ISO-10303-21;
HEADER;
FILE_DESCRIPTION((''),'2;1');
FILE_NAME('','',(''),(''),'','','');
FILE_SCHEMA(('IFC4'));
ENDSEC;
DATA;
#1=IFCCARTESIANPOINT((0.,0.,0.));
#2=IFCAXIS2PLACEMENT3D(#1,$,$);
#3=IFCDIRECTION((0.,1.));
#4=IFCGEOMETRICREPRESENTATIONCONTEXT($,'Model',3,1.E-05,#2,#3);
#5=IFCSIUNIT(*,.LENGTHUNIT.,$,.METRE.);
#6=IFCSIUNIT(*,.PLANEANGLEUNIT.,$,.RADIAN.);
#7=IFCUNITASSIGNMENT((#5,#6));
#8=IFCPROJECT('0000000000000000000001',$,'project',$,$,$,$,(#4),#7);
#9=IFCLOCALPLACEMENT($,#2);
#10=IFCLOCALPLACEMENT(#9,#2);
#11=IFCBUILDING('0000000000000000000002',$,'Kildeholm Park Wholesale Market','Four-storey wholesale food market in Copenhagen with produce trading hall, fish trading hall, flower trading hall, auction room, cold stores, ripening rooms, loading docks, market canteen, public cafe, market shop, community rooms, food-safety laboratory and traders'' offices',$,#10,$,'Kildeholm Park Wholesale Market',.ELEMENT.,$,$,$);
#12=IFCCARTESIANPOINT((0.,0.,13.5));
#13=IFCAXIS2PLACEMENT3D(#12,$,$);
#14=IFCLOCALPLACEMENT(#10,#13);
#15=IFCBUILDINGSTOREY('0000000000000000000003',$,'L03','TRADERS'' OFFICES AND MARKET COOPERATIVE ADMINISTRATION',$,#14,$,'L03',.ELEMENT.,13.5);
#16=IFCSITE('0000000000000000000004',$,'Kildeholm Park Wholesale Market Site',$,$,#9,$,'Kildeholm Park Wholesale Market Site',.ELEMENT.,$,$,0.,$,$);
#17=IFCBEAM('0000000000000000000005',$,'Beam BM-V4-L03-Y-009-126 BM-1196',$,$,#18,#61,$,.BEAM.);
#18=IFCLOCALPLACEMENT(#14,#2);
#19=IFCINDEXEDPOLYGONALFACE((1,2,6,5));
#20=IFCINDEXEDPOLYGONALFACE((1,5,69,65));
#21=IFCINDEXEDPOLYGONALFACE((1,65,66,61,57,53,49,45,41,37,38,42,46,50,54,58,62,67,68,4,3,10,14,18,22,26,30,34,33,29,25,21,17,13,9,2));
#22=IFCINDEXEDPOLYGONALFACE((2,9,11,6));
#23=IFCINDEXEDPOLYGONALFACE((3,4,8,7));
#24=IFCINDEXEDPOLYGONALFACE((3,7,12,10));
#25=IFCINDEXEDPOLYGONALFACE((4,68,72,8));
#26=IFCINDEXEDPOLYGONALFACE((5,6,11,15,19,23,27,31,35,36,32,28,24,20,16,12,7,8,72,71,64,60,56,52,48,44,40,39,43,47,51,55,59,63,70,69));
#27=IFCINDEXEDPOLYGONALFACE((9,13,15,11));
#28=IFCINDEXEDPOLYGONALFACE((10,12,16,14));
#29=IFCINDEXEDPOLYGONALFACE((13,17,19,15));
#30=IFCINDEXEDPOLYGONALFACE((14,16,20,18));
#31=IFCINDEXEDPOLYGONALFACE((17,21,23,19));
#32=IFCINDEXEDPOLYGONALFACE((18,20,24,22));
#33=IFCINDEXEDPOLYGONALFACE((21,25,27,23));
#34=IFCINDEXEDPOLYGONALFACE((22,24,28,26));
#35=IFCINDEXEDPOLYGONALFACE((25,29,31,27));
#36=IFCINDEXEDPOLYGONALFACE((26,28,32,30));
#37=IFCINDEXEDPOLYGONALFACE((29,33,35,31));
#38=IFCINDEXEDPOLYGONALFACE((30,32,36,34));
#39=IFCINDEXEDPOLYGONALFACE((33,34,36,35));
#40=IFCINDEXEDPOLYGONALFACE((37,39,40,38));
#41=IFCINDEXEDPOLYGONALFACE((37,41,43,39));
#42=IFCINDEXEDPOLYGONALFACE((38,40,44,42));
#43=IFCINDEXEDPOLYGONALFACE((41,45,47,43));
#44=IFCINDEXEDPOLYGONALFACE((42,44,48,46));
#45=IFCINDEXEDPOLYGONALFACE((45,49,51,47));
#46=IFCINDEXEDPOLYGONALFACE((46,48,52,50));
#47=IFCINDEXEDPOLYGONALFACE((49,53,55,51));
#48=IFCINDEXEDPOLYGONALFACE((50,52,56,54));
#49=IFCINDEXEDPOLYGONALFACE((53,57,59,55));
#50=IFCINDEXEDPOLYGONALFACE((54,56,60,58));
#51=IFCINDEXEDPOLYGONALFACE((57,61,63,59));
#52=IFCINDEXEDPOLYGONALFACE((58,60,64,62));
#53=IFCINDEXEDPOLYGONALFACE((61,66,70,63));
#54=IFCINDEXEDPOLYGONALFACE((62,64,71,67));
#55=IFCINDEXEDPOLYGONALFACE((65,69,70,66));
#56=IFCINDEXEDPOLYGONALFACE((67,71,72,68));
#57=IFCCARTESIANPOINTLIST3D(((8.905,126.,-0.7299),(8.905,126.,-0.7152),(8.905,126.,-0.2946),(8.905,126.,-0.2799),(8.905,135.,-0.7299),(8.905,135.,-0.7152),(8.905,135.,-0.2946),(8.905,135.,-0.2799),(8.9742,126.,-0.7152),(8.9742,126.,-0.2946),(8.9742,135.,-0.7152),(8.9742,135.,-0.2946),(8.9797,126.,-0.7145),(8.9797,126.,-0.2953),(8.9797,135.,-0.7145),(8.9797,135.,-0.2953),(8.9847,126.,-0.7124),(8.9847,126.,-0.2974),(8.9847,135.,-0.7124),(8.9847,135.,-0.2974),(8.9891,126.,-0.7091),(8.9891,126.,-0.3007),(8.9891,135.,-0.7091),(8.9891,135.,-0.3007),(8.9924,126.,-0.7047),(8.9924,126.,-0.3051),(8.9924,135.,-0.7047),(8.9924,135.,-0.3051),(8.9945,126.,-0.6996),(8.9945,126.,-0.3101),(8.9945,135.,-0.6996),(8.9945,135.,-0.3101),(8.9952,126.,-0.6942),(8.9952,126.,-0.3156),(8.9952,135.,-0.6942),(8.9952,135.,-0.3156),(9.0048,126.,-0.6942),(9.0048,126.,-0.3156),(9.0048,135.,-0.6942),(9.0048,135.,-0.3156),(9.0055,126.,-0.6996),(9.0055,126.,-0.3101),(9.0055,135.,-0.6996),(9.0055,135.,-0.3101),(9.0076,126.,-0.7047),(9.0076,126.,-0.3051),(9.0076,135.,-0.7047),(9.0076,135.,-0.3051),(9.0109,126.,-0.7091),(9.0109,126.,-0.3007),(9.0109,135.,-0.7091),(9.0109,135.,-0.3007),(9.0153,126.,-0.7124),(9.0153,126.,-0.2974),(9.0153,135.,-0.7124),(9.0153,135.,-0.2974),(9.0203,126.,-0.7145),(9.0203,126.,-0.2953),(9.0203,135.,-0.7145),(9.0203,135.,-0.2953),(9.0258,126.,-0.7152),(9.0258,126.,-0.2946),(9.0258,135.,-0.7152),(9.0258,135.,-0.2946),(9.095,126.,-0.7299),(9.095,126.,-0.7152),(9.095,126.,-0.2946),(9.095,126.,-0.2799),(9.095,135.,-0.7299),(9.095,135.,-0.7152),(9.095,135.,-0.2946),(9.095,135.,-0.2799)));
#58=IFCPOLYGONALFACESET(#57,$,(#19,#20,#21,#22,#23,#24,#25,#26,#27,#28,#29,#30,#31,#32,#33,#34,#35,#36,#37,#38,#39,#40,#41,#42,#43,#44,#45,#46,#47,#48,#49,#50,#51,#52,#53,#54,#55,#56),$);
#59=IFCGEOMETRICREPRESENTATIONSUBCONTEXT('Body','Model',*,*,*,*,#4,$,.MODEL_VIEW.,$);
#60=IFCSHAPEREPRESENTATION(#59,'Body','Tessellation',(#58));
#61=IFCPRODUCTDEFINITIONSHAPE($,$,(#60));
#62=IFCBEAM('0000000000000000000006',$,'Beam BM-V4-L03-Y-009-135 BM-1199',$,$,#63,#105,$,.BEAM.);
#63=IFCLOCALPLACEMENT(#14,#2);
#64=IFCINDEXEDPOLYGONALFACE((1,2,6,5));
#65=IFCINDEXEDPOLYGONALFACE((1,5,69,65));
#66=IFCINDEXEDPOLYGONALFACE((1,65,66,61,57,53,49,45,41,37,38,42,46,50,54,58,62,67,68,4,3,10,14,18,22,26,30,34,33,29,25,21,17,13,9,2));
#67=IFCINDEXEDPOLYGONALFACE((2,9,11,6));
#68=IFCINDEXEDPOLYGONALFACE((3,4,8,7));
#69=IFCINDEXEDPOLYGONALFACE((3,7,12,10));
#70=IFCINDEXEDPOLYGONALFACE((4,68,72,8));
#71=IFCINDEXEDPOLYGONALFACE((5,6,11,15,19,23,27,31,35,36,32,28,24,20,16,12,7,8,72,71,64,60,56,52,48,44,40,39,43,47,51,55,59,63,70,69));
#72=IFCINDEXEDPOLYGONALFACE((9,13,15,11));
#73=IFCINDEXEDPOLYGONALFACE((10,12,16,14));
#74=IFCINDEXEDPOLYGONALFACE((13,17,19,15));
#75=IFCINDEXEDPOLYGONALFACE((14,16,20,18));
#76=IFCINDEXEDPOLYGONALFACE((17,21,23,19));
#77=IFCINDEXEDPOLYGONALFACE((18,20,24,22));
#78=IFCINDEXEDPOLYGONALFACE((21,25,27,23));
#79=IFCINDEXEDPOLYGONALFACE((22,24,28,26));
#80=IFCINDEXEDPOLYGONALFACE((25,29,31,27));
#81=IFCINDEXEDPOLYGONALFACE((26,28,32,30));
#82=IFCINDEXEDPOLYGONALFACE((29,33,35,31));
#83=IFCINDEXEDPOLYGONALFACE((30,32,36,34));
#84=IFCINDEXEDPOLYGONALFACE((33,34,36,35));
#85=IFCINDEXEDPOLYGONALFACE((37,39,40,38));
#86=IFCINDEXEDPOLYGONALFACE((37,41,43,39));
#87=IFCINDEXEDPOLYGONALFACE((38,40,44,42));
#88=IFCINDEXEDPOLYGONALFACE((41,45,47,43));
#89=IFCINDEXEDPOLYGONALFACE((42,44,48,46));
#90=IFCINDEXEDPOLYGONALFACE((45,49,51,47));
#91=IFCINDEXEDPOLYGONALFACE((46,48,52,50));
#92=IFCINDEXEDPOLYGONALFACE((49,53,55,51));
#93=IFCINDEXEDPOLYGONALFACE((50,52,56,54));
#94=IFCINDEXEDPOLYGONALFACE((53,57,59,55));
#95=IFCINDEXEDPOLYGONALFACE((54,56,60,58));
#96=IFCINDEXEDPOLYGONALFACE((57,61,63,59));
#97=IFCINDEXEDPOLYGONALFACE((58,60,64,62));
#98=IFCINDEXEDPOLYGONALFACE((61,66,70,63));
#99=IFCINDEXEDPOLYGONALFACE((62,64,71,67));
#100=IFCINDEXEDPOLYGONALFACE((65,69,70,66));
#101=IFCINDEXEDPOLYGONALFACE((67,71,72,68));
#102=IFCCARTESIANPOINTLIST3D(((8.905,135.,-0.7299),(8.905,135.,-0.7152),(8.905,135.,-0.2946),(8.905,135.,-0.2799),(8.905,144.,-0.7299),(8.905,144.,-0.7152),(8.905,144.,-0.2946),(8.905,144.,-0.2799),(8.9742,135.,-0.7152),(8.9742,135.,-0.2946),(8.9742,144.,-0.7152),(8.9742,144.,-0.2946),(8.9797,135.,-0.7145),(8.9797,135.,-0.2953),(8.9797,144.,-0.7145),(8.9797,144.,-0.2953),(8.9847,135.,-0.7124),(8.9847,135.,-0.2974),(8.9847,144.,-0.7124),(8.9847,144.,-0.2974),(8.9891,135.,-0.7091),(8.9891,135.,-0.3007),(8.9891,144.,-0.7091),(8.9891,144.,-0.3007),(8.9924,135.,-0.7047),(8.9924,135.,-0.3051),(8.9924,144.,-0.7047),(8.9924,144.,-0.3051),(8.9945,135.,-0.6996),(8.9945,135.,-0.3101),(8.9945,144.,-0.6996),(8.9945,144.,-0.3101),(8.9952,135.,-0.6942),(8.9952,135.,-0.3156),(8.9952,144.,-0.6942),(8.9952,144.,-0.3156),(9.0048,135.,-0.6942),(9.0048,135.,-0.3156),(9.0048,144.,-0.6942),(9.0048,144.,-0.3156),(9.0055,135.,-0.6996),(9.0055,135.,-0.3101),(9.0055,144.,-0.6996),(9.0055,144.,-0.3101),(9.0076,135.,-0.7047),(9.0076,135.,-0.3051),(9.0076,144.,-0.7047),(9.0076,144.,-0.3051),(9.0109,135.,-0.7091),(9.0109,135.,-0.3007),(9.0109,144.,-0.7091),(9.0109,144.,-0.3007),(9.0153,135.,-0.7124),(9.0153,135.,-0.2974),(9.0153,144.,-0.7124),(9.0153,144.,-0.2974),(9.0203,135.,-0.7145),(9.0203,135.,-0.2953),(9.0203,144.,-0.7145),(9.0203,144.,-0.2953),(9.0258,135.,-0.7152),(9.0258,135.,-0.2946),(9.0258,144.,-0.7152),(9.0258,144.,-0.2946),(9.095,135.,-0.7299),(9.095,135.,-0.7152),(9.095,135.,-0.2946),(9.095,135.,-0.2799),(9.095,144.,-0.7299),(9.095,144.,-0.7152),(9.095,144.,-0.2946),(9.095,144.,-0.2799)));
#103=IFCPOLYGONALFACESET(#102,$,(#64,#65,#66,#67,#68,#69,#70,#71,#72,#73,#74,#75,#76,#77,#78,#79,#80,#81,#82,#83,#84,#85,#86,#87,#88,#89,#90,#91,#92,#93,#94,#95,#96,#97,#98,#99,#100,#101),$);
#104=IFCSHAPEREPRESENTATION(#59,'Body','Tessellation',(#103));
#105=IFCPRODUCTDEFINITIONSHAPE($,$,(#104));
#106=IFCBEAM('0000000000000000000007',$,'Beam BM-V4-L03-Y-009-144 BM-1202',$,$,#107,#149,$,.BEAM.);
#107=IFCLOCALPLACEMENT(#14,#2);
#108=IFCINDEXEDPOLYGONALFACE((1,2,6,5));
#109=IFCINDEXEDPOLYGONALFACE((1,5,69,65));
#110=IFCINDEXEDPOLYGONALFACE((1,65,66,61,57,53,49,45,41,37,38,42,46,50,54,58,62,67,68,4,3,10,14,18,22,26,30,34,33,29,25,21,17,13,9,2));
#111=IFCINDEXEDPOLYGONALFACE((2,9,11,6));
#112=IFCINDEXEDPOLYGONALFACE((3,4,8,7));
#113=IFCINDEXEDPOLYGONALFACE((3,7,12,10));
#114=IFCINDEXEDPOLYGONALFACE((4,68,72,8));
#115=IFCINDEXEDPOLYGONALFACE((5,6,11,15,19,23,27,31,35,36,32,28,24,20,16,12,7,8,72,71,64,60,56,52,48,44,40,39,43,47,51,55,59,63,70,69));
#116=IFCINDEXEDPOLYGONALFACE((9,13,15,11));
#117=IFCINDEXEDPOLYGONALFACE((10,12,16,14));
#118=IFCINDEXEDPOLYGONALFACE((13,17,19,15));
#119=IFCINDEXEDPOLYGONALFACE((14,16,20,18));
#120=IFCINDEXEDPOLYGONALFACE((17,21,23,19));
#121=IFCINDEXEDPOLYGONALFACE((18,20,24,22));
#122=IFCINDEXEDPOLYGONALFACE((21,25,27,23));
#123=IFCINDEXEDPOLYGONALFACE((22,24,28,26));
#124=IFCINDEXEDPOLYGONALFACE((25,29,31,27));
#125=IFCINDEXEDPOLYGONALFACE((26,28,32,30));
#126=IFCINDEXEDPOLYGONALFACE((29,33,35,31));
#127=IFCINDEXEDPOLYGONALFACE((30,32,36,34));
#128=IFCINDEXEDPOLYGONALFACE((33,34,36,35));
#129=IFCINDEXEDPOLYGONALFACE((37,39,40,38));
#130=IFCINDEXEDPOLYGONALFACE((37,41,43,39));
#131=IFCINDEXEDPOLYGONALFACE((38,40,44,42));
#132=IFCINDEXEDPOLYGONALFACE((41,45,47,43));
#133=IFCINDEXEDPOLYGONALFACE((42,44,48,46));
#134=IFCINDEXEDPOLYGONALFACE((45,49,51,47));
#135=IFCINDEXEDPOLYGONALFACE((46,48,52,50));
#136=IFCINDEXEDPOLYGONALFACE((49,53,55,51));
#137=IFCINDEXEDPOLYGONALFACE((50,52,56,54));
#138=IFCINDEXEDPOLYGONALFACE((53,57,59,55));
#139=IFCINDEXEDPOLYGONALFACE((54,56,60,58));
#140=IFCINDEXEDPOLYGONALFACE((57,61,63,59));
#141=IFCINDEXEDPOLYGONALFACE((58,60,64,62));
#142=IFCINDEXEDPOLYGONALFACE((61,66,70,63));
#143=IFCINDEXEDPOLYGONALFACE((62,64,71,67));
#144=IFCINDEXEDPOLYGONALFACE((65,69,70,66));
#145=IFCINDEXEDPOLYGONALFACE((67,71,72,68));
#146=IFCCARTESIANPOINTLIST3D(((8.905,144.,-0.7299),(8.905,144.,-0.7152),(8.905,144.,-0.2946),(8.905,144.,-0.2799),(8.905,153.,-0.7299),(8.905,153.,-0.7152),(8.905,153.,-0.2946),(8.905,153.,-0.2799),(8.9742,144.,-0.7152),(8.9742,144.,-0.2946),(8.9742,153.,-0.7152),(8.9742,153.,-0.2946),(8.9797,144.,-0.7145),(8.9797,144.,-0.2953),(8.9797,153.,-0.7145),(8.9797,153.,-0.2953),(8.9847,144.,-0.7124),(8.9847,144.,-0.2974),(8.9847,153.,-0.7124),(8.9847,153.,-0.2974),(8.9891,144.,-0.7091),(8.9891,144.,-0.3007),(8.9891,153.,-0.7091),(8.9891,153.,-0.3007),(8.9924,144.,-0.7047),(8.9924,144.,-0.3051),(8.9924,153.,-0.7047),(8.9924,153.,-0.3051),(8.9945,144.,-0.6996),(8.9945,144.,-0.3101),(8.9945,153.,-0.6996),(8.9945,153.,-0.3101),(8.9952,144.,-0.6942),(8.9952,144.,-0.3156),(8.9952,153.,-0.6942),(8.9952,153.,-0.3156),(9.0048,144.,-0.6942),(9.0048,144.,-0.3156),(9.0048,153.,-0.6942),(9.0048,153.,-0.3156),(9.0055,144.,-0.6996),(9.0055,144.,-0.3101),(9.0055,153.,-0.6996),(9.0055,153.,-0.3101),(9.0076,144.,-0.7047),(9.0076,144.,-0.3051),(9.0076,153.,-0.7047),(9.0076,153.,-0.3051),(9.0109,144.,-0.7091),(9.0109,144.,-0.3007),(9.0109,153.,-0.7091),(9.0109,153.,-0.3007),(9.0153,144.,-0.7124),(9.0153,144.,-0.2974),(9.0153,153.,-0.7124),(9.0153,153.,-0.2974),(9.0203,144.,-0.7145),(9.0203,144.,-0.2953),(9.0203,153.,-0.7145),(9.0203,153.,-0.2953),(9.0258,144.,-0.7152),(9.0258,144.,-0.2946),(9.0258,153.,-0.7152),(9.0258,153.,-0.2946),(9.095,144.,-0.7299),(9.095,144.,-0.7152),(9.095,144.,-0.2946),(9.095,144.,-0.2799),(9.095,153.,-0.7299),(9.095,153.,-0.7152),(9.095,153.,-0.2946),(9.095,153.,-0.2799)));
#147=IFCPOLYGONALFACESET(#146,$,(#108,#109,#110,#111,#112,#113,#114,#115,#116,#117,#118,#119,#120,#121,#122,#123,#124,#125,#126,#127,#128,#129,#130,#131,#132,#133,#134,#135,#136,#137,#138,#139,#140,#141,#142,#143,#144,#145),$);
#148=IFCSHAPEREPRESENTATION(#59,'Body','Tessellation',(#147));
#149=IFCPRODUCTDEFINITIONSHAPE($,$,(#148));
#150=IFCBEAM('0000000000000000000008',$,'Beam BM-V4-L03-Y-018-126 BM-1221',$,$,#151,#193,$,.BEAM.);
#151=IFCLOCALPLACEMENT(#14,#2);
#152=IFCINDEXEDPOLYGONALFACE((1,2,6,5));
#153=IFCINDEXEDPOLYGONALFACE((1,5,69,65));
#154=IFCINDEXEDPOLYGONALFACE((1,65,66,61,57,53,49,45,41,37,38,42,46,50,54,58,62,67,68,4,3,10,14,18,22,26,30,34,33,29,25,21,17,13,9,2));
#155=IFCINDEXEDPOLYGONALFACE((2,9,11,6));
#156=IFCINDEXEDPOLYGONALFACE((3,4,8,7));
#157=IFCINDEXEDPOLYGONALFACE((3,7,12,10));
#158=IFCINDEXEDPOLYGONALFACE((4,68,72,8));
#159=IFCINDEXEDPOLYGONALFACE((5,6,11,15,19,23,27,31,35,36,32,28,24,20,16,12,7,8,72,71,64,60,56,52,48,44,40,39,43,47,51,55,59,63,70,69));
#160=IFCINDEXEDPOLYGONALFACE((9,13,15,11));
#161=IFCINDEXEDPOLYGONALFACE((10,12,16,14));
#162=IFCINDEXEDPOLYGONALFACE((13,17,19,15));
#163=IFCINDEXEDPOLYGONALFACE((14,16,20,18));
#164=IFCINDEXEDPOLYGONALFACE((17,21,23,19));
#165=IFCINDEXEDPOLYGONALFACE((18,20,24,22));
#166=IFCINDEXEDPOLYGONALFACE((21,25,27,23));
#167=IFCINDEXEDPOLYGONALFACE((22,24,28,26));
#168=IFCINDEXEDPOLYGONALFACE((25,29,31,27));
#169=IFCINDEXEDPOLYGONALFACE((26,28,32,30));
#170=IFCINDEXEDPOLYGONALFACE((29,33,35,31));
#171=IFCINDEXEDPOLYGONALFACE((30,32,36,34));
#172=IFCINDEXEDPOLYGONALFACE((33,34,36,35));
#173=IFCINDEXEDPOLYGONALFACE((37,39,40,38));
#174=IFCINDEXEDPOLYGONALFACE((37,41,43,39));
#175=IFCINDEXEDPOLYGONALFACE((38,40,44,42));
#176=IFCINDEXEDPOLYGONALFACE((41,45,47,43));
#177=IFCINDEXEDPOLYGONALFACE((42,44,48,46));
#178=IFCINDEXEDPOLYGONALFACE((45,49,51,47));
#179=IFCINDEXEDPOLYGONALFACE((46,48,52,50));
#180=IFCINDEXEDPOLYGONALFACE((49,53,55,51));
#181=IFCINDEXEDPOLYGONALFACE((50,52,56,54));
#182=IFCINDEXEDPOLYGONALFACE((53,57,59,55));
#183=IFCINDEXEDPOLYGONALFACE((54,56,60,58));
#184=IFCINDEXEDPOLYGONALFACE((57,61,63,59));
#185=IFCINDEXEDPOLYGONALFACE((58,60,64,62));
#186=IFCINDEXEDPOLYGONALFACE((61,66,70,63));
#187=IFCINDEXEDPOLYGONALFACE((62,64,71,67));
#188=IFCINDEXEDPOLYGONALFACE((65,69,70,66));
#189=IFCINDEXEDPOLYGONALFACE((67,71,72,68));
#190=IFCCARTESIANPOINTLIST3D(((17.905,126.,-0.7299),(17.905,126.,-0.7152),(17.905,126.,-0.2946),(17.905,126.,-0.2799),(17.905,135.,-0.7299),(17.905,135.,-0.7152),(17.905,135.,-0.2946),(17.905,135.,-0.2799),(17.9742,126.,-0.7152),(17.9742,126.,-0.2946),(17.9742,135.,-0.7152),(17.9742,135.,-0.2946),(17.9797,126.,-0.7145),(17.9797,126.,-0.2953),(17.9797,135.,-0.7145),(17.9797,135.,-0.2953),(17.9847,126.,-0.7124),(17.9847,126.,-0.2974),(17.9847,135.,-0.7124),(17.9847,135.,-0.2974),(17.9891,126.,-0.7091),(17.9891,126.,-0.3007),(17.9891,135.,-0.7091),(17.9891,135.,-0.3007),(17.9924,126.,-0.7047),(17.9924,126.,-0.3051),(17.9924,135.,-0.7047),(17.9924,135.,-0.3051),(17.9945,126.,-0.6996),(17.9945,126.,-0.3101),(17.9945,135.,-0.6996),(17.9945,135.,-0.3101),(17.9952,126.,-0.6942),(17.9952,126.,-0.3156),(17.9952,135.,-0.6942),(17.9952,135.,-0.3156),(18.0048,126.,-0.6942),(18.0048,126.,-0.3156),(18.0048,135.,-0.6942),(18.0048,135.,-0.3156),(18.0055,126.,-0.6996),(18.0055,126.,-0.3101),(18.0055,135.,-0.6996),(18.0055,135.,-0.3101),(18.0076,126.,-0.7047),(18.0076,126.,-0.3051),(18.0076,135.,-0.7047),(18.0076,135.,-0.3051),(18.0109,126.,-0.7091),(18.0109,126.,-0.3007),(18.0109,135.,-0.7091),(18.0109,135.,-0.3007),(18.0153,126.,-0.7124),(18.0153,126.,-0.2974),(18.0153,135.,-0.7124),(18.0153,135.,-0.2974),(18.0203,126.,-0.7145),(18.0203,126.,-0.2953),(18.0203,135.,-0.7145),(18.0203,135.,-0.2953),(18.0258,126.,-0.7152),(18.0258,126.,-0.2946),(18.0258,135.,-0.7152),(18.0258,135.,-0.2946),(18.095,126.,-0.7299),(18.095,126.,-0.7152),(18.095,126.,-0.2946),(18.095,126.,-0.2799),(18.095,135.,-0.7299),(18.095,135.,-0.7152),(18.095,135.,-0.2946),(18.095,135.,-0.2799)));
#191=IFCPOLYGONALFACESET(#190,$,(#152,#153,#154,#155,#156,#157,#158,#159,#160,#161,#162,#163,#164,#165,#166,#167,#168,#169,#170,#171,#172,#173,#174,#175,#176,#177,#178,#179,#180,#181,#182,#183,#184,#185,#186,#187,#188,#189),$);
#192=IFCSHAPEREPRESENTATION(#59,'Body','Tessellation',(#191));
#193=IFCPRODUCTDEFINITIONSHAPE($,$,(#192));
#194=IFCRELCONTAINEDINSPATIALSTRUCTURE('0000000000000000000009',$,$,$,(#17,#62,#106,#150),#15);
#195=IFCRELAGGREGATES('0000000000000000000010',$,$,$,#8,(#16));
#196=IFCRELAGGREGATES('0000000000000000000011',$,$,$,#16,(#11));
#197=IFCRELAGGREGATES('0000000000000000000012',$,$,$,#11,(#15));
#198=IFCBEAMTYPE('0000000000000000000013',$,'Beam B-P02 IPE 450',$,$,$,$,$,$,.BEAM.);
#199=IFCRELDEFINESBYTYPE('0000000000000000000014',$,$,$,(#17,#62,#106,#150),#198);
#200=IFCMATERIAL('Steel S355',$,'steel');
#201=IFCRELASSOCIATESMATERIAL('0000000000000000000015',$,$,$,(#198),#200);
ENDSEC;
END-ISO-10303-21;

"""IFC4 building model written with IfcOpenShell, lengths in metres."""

from ifc_helpers import new_model, si_unit, direction, frame, origin, origin_2d, place, context, subcontext, project, spatial, i_section, extrude, material, material_profile, profile_set, type_object, element, save


model = new_model("IFC4")

# Units and contexts
model_context = context("Model", 3, precision=1e-05, world=origin(), true_north=direction((0.0, 1.0)))
body_context = subcontext(model_context, "Body", "Model", "MODEL_VIEW")
ifc_project = project(units=[si_unit("LENGTHUNIT", "METRE"), si_unit("PLANEANGLEUNIT", "RADIAN")], contexts=[model_context])

# Site, building, storey
site_placement = place(None, origin())
site = spatial("IfcSite", under=ifc_project, at=site_placement, Name="Kildeholm Park Wholesale Market Site", LongName="Kildeholm Park Wholesale Market Site", CompositionType="ELEMENT", RefElevation=0.0)
building_placement = place(site_placement, origin())
building = spatial("IfcBuilding", under=site, at=building_placement, Name="Kildeholm Park Wholesale Market", Description="Four-storey wholesale food market in Copenhagen with produce trading hall, fish trading hall, flower trading hall, auction room, cold stores, ripening rooms, loading docks, market canteen, public cafe, market shop, community rooms, food-safety laboratory and traders' offices", LongName="Kildeholm Park Wholesale Market", CompositionType="ELEMENT")
storey_placement = place(building_placement, frame((0.0, 0.0, 13.5)))
storey = spatial("IfcBuildingStorey", under=building, at=storey_placement, Name="L03", Description="TRADERS' OFFICES AND MARKET COOPERATIVE ADMINISTRATION", LongName="L03", CompositionType="ELEMENT", Elevation=13.5)

# Beams
ifc_material = material(Name="Steel S355", Category="steel")
ifc_material_profile_1 = material_profile(ifc_material, i_section(OverallWidth=0.1899, OverallDepth=0.45, WebThickness=0.0095, FlangeThickness=0.0146, FilletRadius=0.021, at=origin_2d()), Name="IPE 450")
ifc_profile_set_1 = profile_set([ifc_material_profile_1], Name="Steel S355")
beam_type_1 = type_object("IfcBeamType", Name="Beam B-P02 IPE 450", PredefinedType="BEAM", material=ifc_profile_set_1)
for number, where, z_axis, x_axis, name in (
    (1, (9.0, 126.0, -0.5049), (0.0, 1.0, 0.0), (-1.0, 0.0, 0.0), "Beam BM-V4-L03-Y-009-126 BM-1196"),
    (2, (9.0, 135.0, -0.5049), (0.0, 1.0, 0.0), (-1.0, 0.0, 0.0), "Beam BM-V4-L03-Y-009-135 BM-1199"),
    (3, (9.0, 144.0, -0.5049), (0.0, 1.0, 0.0), (-1.0, 0.0, 0.0), "Beam BM-V4-L03-Y-009-144 BM-1202"),
    (4, (18.0, 126.0, -0.5049), (0.0, 1.0, 0.0), (-1.0, 0.0, 0.0), "Beam BM-V4-L03-Y-018-126 BM-1221"),
):
    element("IfcBeam", number, at=place(storey_placement, frame(where, z_axis=z_axis, x_axis=x_axis)), inside=storey, type_object=beam_type_1, Name=name, PredefinedType="BEAM", context=body_context, shape_type="SweptSolid", body=[
        extrude(i_section(OverallWidth=0.1899, OverallDepth=0.45, WebThickness=0.0095, FlangeThickness=0.0146, FilletRadius=0.021, at=origin_2d()), origin(), (0.0, 0.0, 1.0), 9.0),
    ])

save(model, "model.ifc")
